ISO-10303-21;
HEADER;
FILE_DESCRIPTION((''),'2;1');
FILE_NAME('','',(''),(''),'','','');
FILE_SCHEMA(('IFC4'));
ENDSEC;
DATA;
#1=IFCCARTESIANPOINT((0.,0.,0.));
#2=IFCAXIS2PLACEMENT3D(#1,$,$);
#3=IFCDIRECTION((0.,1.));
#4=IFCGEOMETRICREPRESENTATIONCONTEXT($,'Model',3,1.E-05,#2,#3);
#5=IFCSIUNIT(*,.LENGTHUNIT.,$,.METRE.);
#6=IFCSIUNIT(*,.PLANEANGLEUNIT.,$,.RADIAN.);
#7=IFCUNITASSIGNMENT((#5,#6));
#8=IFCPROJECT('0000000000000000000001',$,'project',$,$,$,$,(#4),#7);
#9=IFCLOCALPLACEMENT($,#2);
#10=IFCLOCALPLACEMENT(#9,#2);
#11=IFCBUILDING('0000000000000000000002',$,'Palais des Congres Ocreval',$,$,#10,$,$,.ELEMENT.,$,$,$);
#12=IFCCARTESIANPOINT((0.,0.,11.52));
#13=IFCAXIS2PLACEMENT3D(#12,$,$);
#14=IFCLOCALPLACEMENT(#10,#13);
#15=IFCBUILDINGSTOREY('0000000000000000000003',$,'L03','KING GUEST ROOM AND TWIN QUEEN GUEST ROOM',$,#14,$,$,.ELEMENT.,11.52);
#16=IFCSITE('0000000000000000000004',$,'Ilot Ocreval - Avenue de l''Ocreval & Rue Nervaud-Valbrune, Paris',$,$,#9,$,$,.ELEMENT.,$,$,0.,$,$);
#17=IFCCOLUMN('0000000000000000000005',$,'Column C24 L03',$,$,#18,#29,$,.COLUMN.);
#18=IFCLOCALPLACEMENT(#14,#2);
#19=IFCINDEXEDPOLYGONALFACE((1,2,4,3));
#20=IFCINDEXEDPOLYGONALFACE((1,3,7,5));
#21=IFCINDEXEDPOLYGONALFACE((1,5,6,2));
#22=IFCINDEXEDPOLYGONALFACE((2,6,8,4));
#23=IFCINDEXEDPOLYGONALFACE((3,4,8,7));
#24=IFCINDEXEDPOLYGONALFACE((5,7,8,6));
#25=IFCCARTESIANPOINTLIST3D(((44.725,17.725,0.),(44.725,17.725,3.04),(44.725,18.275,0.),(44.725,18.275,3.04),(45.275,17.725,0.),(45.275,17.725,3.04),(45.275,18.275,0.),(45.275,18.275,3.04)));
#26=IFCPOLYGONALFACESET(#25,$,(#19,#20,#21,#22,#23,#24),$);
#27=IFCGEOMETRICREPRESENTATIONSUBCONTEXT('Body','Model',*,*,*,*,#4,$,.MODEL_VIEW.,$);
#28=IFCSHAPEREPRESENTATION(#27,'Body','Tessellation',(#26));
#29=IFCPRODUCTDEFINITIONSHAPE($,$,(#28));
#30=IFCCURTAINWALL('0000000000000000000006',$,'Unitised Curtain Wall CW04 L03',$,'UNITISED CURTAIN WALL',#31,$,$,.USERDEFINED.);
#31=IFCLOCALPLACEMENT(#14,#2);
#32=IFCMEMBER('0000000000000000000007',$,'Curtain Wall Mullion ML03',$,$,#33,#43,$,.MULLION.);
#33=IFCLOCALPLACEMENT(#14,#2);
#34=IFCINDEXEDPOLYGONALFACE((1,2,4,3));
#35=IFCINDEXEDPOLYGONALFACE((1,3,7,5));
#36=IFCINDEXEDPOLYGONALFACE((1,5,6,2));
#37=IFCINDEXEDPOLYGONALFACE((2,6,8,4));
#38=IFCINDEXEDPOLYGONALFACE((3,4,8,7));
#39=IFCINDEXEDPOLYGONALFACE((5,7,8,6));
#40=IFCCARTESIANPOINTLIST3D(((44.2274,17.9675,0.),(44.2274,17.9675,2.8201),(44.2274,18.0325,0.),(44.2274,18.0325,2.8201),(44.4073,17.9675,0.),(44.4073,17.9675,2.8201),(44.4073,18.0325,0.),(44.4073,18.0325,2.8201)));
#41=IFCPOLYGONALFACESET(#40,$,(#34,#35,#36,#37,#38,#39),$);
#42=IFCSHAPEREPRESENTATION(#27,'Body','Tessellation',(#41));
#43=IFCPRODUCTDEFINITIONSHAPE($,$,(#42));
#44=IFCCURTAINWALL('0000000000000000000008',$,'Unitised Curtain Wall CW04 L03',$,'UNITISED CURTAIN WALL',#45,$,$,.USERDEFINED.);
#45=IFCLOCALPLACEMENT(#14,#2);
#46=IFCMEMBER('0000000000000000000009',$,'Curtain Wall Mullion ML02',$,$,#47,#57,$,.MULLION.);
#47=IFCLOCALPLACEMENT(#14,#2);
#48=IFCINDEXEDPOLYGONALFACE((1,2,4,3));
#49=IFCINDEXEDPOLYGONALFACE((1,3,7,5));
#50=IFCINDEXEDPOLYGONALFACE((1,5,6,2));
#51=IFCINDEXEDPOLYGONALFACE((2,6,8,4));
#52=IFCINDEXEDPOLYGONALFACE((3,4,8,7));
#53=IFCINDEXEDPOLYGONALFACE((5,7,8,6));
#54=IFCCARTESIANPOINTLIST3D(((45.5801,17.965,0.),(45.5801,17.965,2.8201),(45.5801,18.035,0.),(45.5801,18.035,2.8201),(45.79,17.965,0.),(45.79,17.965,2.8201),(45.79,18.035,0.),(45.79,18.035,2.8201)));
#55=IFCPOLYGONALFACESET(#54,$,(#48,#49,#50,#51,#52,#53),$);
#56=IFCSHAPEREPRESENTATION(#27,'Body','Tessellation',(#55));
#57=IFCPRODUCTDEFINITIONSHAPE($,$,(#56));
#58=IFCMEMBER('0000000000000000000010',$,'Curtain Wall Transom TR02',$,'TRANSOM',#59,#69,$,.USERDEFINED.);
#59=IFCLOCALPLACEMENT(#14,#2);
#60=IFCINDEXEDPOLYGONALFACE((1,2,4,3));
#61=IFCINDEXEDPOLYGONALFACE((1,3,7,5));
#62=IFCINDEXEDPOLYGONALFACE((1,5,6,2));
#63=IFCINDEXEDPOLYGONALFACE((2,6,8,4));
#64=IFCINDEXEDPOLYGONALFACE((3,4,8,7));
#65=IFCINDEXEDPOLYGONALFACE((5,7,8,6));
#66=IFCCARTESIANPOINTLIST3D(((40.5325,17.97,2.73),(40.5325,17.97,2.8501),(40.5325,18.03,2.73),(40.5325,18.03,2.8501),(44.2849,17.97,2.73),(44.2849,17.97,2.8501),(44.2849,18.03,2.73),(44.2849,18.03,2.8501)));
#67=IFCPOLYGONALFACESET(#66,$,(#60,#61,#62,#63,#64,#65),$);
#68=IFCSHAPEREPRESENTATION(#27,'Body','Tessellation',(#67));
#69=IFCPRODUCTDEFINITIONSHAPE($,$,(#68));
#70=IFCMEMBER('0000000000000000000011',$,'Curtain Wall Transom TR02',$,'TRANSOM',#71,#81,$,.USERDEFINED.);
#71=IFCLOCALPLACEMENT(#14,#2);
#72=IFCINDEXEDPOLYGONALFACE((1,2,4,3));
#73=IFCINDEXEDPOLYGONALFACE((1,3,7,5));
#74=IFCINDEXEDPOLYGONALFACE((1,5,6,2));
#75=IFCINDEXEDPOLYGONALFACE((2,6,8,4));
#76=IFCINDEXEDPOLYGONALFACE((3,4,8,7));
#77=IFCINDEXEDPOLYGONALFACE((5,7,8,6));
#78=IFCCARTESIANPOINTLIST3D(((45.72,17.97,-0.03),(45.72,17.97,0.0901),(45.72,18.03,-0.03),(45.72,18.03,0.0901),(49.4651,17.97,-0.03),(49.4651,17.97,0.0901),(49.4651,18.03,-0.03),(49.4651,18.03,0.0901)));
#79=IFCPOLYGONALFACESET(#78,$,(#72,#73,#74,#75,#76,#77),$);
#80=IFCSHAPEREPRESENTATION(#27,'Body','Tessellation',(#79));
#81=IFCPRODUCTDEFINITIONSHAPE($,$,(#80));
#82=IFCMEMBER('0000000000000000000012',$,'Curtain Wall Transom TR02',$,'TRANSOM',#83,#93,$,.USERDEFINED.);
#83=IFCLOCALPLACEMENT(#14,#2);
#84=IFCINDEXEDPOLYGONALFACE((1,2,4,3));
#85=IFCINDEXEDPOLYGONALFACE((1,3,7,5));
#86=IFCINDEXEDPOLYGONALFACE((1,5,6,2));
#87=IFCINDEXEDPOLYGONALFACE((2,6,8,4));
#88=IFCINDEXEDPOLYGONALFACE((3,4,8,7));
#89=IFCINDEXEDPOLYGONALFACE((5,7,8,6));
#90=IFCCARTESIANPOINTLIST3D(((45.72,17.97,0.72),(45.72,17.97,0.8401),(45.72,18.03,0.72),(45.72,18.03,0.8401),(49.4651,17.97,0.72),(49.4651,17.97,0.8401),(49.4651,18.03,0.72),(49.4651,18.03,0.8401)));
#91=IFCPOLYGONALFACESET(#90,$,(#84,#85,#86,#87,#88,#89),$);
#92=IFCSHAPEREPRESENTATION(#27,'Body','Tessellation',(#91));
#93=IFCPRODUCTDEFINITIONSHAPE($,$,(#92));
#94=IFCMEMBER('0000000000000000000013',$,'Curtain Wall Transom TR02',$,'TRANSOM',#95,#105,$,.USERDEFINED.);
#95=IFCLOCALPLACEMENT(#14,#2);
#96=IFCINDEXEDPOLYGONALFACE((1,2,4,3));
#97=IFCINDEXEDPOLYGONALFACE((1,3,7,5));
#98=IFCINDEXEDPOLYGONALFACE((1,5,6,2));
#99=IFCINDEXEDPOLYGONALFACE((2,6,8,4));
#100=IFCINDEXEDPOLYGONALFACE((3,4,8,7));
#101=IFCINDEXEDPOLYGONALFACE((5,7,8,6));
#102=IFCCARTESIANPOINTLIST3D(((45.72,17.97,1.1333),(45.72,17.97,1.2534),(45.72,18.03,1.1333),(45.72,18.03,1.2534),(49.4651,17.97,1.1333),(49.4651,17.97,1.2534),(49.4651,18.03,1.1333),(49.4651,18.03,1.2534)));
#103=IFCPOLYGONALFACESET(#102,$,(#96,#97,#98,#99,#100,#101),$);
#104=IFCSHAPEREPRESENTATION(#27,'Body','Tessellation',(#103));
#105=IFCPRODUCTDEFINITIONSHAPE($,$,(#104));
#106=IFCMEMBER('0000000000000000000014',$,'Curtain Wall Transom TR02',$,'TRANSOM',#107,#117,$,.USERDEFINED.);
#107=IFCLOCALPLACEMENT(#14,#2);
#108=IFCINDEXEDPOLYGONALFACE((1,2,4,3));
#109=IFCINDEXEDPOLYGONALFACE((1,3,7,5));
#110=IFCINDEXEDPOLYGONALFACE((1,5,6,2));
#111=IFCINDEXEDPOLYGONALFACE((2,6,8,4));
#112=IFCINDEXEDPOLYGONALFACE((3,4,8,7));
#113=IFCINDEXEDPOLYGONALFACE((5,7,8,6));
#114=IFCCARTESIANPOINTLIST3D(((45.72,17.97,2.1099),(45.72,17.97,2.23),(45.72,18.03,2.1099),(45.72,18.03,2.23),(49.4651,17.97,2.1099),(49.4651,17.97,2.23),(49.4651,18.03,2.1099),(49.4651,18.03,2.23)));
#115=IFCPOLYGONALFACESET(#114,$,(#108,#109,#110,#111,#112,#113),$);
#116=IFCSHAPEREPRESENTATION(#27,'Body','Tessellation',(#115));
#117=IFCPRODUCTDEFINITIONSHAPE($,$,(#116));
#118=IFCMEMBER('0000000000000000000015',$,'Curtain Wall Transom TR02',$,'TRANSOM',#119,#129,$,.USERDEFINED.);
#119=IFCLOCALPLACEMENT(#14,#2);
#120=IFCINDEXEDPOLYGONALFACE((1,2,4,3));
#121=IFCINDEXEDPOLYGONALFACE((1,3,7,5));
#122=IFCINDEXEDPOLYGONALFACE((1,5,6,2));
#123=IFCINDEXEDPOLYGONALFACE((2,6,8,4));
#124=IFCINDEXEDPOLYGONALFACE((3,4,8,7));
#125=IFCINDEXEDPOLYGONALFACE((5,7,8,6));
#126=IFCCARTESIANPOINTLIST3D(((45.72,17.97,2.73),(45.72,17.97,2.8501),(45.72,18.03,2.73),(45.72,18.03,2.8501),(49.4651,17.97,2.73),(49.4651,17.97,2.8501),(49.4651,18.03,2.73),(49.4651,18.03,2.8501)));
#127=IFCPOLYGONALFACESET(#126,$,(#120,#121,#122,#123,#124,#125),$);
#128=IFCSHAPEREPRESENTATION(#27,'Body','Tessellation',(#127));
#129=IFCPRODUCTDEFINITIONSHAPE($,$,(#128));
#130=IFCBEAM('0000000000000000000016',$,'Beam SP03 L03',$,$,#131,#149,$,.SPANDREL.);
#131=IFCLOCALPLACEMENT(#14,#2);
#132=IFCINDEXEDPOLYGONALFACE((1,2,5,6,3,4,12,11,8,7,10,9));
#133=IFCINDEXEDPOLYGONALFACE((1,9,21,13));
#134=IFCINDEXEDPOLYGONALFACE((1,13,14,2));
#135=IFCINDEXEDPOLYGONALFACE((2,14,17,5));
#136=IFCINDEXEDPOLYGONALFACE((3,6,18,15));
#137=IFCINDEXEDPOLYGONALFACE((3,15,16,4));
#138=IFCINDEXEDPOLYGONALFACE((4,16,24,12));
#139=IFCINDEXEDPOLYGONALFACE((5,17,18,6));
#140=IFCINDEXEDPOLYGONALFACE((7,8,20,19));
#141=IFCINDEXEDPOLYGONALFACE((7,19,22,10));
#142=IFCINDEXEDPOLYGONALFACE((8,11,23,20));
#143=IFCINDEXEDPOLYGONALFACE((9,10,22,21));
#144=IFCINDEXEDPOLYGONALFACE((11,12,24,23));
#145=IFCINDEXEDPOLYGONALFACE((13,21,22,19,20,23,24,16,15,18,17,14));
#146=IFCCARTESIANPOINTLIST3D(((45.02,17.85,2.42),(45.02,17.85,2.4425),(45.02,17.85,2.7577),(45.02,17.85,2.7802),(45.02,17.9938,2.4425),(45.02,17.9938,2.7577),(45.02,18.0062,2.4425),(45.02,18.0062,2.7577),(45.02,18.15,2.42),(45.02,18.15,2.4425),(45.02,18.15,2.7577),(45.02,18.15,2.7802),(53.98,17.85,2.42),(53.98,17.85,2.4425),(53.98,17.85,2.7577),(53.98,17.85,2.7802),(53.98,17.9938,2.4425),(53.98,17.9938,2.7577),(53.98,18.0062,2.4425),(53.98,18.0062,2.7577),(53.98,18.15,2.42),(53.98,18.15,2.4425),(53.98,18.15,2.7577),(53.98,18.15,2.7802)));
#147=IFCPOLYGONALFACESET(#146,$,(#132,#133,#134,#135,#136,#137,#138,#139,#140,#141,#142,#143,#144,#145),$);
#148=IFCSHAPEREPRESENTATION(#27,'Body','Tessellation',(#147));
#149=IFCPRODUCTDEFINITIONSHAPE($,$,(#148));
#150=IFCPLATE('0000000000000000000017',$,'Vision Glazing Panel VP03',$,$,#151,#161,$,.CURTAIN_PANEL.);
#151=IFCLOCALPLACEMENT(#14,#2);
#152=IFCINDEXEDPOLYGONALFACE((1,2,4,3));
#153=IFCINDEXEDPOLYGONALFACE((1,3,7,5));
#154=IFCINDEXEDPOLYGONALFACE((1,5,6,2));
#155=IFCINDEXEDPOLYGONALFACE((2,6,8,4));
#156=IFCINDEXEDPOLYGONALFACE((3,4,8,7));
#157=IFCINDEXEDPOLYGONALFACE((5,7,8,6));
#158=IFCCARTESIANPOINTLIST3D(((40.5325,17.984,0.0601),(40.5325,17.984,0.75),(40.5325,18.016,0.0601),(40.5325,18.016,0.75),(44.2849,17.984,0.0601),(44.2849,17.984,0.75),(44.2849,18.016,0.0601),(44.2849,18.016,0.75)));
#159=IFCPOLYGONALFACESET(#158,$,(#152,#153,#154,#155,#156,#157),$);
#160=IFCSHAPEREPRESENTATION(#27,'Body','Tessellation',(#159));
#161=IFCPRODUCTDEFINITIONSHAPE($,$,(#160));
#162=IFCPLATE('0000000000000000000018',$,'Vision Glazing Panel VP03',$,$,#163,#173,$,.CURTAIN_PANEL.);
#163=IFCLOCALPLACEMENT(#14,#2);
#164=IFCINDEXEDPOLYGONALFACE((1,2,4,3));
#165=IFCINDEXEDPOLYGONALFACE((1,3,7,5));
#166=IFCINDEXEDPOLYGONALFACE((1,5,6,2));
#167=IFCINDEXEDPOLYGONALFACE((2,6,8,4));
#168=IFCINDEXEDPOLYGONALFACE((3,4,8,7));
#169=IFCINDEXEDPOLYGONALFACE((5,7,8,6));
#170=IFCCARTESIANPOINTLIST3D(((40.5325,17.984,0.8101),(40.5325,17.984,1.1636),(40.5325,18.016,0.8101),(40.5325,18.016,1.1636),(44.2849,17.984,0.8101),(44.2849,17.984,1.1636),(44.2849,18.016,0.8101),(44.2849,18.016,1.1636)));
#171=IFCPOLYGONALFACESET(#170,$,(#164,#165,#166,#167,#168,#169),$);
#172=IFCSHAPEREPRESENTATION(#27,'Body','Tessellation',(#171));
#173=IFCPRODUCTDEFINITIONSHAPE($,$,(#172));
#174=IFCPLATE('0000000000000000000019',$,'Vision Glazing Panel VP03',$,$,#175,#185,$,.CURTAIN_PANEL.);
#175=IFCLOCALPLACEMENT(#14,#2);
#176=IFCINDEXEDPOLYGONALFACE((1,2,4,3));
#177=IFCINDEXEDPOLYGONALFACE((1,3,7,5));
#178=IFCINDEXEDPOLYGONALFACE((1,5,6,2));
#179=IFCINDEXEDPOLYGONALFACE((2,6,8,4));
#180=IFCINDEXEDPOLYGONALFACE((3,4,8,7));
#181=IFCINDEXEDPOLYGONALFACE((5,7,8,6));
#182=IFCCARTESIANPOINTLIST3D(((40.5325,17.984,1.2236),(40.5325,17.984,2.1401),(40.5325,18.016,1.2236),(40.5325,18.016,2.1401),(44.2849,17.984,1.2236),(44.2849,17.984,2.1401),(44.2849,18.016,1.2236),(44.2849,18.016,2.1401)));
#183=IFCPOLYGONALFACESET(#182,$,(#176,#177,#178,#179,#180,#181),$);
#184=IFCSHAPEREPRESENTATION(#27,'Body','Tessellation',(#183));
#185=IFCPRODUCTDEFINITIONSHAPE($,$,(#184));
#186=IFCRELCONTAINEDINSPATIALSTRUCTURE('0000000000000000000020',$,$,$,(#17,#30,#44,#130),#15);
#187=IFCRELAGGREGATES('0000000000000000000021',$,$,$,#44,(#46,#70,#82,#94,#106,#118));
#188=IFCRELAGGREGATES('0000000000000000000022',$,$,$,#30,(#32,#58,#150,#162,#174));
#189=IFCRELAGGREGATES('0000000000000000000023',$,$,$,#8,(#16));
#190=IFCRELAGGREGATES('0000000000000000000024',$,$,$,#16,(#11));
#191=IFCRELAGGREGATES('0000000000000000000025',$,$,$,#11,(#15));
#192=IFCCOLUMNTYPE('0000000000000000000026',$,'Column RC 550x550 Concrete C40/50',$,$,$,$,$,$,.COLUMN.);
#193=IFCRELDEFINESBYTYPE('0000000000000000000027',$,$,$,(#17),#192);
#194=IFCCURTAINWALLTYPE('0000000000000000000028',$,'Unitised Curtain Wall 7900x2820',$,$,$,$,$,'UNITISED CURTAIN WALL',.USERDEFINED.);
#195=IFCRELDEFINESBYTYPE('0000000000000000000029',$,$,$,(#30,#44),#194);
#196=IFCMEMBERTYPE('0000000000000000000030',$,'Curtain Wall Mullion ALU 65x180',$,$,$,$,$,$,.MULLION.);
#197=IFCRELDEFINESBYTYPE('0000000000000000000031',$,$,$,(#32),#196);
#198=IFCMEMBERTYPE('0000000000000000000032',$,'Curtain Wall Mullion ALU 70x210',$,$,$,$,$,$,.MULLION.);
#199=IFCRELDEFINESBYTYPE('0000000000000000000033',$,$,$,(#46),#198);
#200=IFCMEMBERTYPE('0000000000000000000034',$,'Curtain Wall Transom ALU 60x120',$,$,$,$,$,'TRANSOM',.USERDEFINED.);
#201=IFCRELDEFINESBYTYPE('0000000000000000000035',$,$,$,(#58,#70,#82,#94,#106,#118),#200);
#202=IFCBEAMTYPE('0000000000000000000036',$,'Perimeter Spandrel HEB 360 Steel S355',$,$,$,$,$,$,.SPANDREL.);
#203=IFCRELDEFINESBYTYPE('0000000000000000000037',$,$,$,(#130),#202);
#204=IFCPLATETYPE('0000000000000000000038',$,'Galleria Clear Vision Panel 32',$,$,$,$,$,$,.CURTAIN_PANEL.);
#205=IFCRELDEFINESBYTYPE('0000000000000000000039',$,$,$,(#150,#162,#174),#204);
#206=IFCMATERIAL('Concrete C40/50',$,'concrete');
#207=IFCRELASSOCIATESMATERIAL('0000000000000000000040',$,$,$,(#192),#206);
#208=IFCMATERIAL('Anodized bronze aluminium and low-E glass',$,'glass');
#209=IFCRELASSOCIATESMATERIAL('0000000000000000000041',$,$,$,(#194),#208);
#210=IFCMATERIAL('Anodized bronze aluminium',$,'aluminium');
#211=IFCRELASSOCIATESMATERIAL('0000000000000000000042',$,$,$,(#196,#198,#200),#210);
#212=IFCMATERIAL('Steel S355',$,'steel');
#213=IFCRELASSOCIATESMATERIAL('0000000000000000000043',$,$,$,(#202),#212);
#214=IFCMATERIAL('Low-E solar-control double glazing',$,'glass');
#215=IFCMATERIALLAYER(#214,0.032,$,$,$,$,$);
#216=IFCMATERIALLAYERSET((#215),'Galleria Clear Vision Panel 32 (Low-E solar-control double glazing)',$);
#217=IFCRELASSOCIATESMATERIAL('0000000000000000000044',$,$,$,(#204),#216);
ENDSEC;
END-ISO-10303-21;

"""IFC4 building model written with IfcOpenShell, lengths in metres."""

from ifc_helpers import new_model, si_unit, direction, frame, origin, origin_2d, place, context, subcontext, project, spatial, rectangle, i_section, extrude, material, layer, layer_set, material_profile, profile_set, type_object, element, aggregate, save


model = new_model("IFC4")

# Units and contexts
model_context = context("Model", 3, precision=1e-05, world=origin(), true_north=direction((0.0, 1.0)))
body_context = subcontext(model_context, "Body", "Model", "MODEL_VIEW")
ifc_project = project(units=[si_unit("LENGTHUNIT", "METRE"), si_unit("PLANEANGLEUNIT", "RADIAN")], contexts=[model_context])

# Site, building, storey
site_placement = place(None, origin())
site = spatial("IfcSite", under=ifc_project, at=site_placement, Name="Ilot Ocreval - Avenue de l'Ocreval & Rue Nervaud-Valbrune, Paris", CompositionType="ELEMENT", RefElevation=0.0)
building_placement = place(site_placement, origin())
building = spatial("IfcBuilding", under=site, at=building_placement, Name="Palais des Congres Ocreval", CompositionType="ELEMENT")
storey_placement = place(building_placement, frame((0.0, 0.0, 11.52)))
storey = spatial("IfcBuildingStorey", under=building, at=storey_placement, Name="L03", Description="KING GUEST ROOM AND TWIN QUEEN GUEST ROOM", CompositionType="ELEMENT", Elevation=11.52)

# Column
ifc_material_1 = material(Name="Concrete C40/50", Category="concrete")
ifc_material_profile_1 = material_profile(ifc_material_1, rectangle(XDim=0.55, YDim=0.55, at=origin_2d()), Name="RC 550x550")
ifc_profile_set_1 = profile_set([ifc_material_profile_1], Name="Concrete C40/50")
column_type = type_object("IfcColumnType", Name="Column RC 550x550 Concrete C40/50", PredefinedType="COLUMN", material=ifc_profile_set_1)
column_placement = place(storey_placement, frame((45.0, 18.0, 0.0), z_axis=(0.0, 0.0, 1.0), x_axis=(1.0, 0.0, 0.0)))
element("IfcColumn", 1, at=column_placement, inside=storey, type_object=column_type, Name="Column C24 L03", PredefinedType="COLUMN", context=body_context, shape_type="SweptSolid", body=[
    extrude(rectangle(XDim=0.55, YDim=0.55, at=origin_2d()), origin(), (0.0, 0.0, 1.0), 3.04),
])

# Curtain walls, members
ifc_material_2 = material(Name="Anodized bronze aluminium and low-E glass", Category="glass")
curtain_wall_type = type_object("IfcCurtainWallType", Name="Unitised Curtain Wall 7900x2820", ElementType="UNITISED CURTAIN WALL", PredefinedType="USERDEFINED", material=ifc_material_2)
curtain_wall_1_placement = place(storey_placement, origin())
curtain_wall_1 = element("IfcCurtainWall", 2, at=curtain_wall_1_placement, inside=storey, type_object=curtain_wall_type, Name="Unitised Curtain Wall CW04 L03", ObjectType="UNITISED CURTAIN WALL", PredefinedType="USERDEFINED")
ifc_material_3 = material(Name="Anodized bronze aluminium", Category="aluminium")
ifc_material_profile_2 = material_profile(ifc_material_3, rectangle(XDim=0.0649, YDim=0.1799, at=origin_2d()), Name="ALU 65x180")
ifc_profile_set_2 = profile_set([ifc_material_profile_2], Name="Anodized bronze aluminium")
member_type_1 = type_object("IfcMemberType", Name="Curtain Wall Mullion ALU 65x180", PredefinedType="MULLION", material=ifc_profile_set_2)
member_1_placement = place(storey_placement, frame((44.3174, 18.0, 0.0), z_axis=(0.0, 0.0, 1.0), x_axis=(0.0, 1.0, 0.0)))
member_1 = element("IfcMember", 3, at=member_1_placement, type_object=member_type_1, Name="Curtain Wall Mullion ML03", PredefinedType="MULLION", context=body_context, shape_type="SweptSolid", body=[
    extrude(rectangle(XDim=0.0649, YDim=0.1799, at=origin_2d()), origin(), (0.0, 0.0, 1.0), 2.8201),
])
curtain_wall_2_placement = place(storey_placement, origin())
curtain_wall_2 = element("IfcCurtainWall", 4, at=curtain_wall_2_placement, inside=storey, type_object=curtain_wall_type, Name="Unitised Curtain Wall CW04 L03", ObjectType="UNITISED CURTAIN WALL", PredefinedType="USERDEFINED")
ifc_material_profile_3 = material_profile(ifc_material_3, rectangle(XDim=0.0701, YDim=0.21, at=origin_2d()), Name="ALU 70x210")
ifc_profile_set_3 = profile_set([ifc_material_profile_3], Name="Anodized bronze aluminium")
member_type_2 = type_object("IfcMemberType", Name="Curtain Wall Mullion ALU 70x210", PredefinedType="MULLION", material=ifc_profile_set_3)
member_2_placement = place(storey_placement, frame((45.6851, 18.0, 0.0), z_axis=(0.0, 0.0, 1.0), x_axis=(0.0, 1.0, 0.0)))
member_2 = element("IfcMember", 5, at=member_2_placement, type_object=member_type_2, Name="Curtain Wall Mullion ML02", PredefinedType="MULLION", context=body_context, shape_type="SweptSolid", body=[
    extrude(rectangle(XDim=0.0701, YDim=0.21, at=origin_2d()), origin(), (0.0, 0.0, 1.0), 2.8201),
])

# Members
ifc_material_profile_4 = material_profile(ifc_material_3, rectangle(XDim=0.0601, YDim=0.1201, at=origin_2d()), Name="ALU 60x120")
ifc_profile_set_4 = profile_set([ifc_material_profile_4], Name="Anodized bronze aluminium")
member_type_3 = type_object("IfcMemberType", Name="Curtain Wall Transom ALU 60x120", ElementType="TRANSOM", PredefinedType="USERDEFINED", material=ifc_profile_set_4)
member_3_placement = place(storey_placement, frame((40.5325, 18.0, 2.79), z_axis=(1.0, 0.0, 0.0), x_axis=(0.0, 1.0, 0.0)))
member_3 = element("IfcMember", 6, at=member_3_placement, type_object=member_type_3, Name="Curtain Wall Transom TR02", ObjectType="TRANSOM", PredefinedType="USERDEFINED", context=body_context, shape_type="SweptSolid", body=[
    extrude(rectangle(XDim=0.0601, YDim=0.1201, at=origin_2d()), origin(), (0.0, 0.0, 1.0), 3.7524),
])
member_4_placement = place(storey_placement, frame((45.72, 18.0, 0.03), z_axis=(1.0, 0.0, 0.0), x_axis=(0.0, 1.0, 0.0)))
member_4 = element("IfcMember", 7, at=member_4_placement, type_object=member_type_3, Name="Curtain Wall Transom TR02", ObjectType="TRANSOM", PredefinedType="USERDEFINED", context=body_context, shape_type="SweptSolid", body=[
    extrude(rectangle(XDim=0.0601, YDim=0.1201, at=origin_2d()), origin(), (0.0, 0.0, 1.0), 3.7451),
])
member_5_placement = place(storey_placement, frame((45.72, 18.0, 0.78), z_axis=(1.0, 0.0, 0.0), x_axis=(0.0, 1.0, 0.0)))
member_5 = element("IfcMember", 8, at=member_5_placement, type_object=member_type_3, Name="Curtain Wall Transom TR02", ObjectType="TRANSOM", PredefinedType="USERDEFINED", context=body_context, shape_type="SweptSolid", body=[
    extrude(rectangle(XDim=0.0601, YDim=0.1201, at=origin_2d()), origin(), (0.0, 0.0, 1.0), 3.7451),
])
member_6_placement = place(storey_placement, frame((45.72, 18.0, 1.1934), z_axis=(1.0, 0.0, 0.0), x_axis=(0.0, 1.0, 0.0)))
member_6 = element("IfcMember", 9, at=member_6_placement, type_object=member_type_3, Name="Curtain Wall Transom TR02", ObjectType="TRANSOM", PredefinedType="USERDEFINED", context=body_context, shape_type="SweptSolid", body=[
    extrude(rectangle(XDim=0.0601, YDim=0.1201, at=origin_2d()), origin(), (0.0, 0.0, 1.0), 3.7451),
])
member_7_placement = place(storey_placement, frame((45.72, 18.0, 2.1699), z_axis=(1.0, 0.0, 0.0), x_axis=(0.0, 1.0, 0.0)))
member_7 = element("IfcMember", 10, at=member_7_placement, type_object=member_type_3, Name="Curtain Wall Transom TR02", ObjectType="TRANSOM", PredefinedType="USERDEFINED", context=body_context, shape_type="SweptSolid", body=[
    extrude(rectangle(XDim=0.0601, YDim=0.1201, at=origin_2d()), origin(), (0.0, 0.0, 1.0), 3.7451),
])
member_8_placement = place(storey_placement, frame((45.72, 18.0, 2.79), z_axis=(1.0, 0.0, 0.0), x_axis=(0.0, 1.0, 0.0)))
member_8 = element("IfcMember", 11, at=member_8_placement, type_object=member_type_3, Name="Curtain Wall Transom TR02", ObjectType="TRANSOM", PredefinedType="USERDEFINED", context=body_context, shape_type="SweptSolid", body=[
    extrude(rectangle(XDim=0.0601, YDim=0.1201, at=origin_2d()), origin(), (0.0, 0.0, 1.0), 3.7451),
])
aggregate(curtain_wall_2, [member_2, member_4, member_5, member_6, member_7, member_8])

# Beam
ifc_material_4 = material(Name="Steel S355", Category="steel")
ifc_material_profile_5 = material_profile(ifc_material_4, i_section(OverallWidth=0.3, OverallDepth=0.3601, WebThickness=0.0125, FlangeThickness=0.0225, at=origin_2d()), Name="HEB 360")
ifc_profile_set_5 = profile_set([ifc_material_profile_5], Name="Steel S355")
beam_type = type_object("IfcBeamType", Name="Perimeter Spandrel HEB 360 Steel S355", PredefinedType="SPANDREL", material=ifc_profile_set_5)
beam_placement = place(storey_placement, frame((45.02, 18.0, 2.6001), z_axis=(1.0, 0.0, 0.0), x_axis=(0.0, 1.0, 0.0)))
element("IfcBeam", 12, at=beam_placement, inside=storey, type_object=beam_type, Name="Beam SP03 L03", PredefinedType="SPANDREL", context=body_context, shape_type="SweptSolid", body=[
    extrude(i_section(OverallWidth=0.3, OverallDepth=0.3601, WebThickness=0.0125, FlangeThickness=0.0225, at=origin_2d()), origin(), (0.0, 0.0, 1.0), 8.96),
])

# Plates
ifc_material_5 = material(Name="Low-E solar-control double glazing", Category="glass")
ifc_layer_1 = layer(ifc_material_5, 0.032)
ifc_layer_set_1 = layer_set([ifc_layer_1], Name="Galleria Clear Vision Panel 32 (Low-E solar-control double glazing)")
plate_type_1 = type_object("IfcPlateType", Name="Galleria Clear Vision Panel 32", PredefinedType="CURTAIN_PANEL", material=ifc_layer_set_1)
plate_1_placement = place(storey_placement, frame((42.4087, 18.0, 0.0601), z_axis=(0.0, 0.0, 1.0), x_axis=(1.0, 0.0, 0.0)))
plate_1 = element("IfcPlate", 13, at=plate_1_placement, type_object=plate_type_1, Name="Vision Glazing Panel VP03", PredefinedType="CURTAIN_PANEL", context=body_context, shape_type="SweptSolid", body=[
    extrude(rectangle(XDim=3.7524, YDim=0.032, at=origin_2d()), origin(), (0.0, 0.0, 1.0), 0.6899),
])
plate_2_placement = place(storey_placement, frame((42.4087, 18.0, 0.8101), z_axis=(0.0, 0.0, 1.0), x_axis=(1.0, 0.0, 0.0)))
plate_2 = element("IfcPlate", 14, at=plate_2_placement, type_object=plate_type_1, Name="Vision Glazing Panel VP03", PredefinedType="CURTAIN_PANEL", context=body_context, shape_type="SweptSolid", body=[
    extrude(rectangle(XDim=3.7524, YDim=0.032, at=origin_2d()), origin(), (0.0, 0.0, 1.0), 0.3535),
])
plate_3_placement = place(storey_placement, frame((42.4087, 18.0, 1.2236), z_axis=(0.0, 0.0, 1.0), x_axis=(1.0, 0.0, 0.0)))
plate_3 = element("IfcPlate", 15, at=plate_3_placement, type_object=plate_type_1, Name="Vision Glazing Panel VP03", PredefinedType="CURTAIN_PANEL", context=body_context, shape_type="SweptSolid", body=[
    extrude(rectangle(XDim=3.7524, YDim=0.032, at=origin_2d()), origin(), (0.0, 0.0, 1.0), 0.9165),
])
aggregate(curtain_wall_1, [member_1, member_3, plate_1, plate_2, plate_3])

save(model, "model.ifc")
